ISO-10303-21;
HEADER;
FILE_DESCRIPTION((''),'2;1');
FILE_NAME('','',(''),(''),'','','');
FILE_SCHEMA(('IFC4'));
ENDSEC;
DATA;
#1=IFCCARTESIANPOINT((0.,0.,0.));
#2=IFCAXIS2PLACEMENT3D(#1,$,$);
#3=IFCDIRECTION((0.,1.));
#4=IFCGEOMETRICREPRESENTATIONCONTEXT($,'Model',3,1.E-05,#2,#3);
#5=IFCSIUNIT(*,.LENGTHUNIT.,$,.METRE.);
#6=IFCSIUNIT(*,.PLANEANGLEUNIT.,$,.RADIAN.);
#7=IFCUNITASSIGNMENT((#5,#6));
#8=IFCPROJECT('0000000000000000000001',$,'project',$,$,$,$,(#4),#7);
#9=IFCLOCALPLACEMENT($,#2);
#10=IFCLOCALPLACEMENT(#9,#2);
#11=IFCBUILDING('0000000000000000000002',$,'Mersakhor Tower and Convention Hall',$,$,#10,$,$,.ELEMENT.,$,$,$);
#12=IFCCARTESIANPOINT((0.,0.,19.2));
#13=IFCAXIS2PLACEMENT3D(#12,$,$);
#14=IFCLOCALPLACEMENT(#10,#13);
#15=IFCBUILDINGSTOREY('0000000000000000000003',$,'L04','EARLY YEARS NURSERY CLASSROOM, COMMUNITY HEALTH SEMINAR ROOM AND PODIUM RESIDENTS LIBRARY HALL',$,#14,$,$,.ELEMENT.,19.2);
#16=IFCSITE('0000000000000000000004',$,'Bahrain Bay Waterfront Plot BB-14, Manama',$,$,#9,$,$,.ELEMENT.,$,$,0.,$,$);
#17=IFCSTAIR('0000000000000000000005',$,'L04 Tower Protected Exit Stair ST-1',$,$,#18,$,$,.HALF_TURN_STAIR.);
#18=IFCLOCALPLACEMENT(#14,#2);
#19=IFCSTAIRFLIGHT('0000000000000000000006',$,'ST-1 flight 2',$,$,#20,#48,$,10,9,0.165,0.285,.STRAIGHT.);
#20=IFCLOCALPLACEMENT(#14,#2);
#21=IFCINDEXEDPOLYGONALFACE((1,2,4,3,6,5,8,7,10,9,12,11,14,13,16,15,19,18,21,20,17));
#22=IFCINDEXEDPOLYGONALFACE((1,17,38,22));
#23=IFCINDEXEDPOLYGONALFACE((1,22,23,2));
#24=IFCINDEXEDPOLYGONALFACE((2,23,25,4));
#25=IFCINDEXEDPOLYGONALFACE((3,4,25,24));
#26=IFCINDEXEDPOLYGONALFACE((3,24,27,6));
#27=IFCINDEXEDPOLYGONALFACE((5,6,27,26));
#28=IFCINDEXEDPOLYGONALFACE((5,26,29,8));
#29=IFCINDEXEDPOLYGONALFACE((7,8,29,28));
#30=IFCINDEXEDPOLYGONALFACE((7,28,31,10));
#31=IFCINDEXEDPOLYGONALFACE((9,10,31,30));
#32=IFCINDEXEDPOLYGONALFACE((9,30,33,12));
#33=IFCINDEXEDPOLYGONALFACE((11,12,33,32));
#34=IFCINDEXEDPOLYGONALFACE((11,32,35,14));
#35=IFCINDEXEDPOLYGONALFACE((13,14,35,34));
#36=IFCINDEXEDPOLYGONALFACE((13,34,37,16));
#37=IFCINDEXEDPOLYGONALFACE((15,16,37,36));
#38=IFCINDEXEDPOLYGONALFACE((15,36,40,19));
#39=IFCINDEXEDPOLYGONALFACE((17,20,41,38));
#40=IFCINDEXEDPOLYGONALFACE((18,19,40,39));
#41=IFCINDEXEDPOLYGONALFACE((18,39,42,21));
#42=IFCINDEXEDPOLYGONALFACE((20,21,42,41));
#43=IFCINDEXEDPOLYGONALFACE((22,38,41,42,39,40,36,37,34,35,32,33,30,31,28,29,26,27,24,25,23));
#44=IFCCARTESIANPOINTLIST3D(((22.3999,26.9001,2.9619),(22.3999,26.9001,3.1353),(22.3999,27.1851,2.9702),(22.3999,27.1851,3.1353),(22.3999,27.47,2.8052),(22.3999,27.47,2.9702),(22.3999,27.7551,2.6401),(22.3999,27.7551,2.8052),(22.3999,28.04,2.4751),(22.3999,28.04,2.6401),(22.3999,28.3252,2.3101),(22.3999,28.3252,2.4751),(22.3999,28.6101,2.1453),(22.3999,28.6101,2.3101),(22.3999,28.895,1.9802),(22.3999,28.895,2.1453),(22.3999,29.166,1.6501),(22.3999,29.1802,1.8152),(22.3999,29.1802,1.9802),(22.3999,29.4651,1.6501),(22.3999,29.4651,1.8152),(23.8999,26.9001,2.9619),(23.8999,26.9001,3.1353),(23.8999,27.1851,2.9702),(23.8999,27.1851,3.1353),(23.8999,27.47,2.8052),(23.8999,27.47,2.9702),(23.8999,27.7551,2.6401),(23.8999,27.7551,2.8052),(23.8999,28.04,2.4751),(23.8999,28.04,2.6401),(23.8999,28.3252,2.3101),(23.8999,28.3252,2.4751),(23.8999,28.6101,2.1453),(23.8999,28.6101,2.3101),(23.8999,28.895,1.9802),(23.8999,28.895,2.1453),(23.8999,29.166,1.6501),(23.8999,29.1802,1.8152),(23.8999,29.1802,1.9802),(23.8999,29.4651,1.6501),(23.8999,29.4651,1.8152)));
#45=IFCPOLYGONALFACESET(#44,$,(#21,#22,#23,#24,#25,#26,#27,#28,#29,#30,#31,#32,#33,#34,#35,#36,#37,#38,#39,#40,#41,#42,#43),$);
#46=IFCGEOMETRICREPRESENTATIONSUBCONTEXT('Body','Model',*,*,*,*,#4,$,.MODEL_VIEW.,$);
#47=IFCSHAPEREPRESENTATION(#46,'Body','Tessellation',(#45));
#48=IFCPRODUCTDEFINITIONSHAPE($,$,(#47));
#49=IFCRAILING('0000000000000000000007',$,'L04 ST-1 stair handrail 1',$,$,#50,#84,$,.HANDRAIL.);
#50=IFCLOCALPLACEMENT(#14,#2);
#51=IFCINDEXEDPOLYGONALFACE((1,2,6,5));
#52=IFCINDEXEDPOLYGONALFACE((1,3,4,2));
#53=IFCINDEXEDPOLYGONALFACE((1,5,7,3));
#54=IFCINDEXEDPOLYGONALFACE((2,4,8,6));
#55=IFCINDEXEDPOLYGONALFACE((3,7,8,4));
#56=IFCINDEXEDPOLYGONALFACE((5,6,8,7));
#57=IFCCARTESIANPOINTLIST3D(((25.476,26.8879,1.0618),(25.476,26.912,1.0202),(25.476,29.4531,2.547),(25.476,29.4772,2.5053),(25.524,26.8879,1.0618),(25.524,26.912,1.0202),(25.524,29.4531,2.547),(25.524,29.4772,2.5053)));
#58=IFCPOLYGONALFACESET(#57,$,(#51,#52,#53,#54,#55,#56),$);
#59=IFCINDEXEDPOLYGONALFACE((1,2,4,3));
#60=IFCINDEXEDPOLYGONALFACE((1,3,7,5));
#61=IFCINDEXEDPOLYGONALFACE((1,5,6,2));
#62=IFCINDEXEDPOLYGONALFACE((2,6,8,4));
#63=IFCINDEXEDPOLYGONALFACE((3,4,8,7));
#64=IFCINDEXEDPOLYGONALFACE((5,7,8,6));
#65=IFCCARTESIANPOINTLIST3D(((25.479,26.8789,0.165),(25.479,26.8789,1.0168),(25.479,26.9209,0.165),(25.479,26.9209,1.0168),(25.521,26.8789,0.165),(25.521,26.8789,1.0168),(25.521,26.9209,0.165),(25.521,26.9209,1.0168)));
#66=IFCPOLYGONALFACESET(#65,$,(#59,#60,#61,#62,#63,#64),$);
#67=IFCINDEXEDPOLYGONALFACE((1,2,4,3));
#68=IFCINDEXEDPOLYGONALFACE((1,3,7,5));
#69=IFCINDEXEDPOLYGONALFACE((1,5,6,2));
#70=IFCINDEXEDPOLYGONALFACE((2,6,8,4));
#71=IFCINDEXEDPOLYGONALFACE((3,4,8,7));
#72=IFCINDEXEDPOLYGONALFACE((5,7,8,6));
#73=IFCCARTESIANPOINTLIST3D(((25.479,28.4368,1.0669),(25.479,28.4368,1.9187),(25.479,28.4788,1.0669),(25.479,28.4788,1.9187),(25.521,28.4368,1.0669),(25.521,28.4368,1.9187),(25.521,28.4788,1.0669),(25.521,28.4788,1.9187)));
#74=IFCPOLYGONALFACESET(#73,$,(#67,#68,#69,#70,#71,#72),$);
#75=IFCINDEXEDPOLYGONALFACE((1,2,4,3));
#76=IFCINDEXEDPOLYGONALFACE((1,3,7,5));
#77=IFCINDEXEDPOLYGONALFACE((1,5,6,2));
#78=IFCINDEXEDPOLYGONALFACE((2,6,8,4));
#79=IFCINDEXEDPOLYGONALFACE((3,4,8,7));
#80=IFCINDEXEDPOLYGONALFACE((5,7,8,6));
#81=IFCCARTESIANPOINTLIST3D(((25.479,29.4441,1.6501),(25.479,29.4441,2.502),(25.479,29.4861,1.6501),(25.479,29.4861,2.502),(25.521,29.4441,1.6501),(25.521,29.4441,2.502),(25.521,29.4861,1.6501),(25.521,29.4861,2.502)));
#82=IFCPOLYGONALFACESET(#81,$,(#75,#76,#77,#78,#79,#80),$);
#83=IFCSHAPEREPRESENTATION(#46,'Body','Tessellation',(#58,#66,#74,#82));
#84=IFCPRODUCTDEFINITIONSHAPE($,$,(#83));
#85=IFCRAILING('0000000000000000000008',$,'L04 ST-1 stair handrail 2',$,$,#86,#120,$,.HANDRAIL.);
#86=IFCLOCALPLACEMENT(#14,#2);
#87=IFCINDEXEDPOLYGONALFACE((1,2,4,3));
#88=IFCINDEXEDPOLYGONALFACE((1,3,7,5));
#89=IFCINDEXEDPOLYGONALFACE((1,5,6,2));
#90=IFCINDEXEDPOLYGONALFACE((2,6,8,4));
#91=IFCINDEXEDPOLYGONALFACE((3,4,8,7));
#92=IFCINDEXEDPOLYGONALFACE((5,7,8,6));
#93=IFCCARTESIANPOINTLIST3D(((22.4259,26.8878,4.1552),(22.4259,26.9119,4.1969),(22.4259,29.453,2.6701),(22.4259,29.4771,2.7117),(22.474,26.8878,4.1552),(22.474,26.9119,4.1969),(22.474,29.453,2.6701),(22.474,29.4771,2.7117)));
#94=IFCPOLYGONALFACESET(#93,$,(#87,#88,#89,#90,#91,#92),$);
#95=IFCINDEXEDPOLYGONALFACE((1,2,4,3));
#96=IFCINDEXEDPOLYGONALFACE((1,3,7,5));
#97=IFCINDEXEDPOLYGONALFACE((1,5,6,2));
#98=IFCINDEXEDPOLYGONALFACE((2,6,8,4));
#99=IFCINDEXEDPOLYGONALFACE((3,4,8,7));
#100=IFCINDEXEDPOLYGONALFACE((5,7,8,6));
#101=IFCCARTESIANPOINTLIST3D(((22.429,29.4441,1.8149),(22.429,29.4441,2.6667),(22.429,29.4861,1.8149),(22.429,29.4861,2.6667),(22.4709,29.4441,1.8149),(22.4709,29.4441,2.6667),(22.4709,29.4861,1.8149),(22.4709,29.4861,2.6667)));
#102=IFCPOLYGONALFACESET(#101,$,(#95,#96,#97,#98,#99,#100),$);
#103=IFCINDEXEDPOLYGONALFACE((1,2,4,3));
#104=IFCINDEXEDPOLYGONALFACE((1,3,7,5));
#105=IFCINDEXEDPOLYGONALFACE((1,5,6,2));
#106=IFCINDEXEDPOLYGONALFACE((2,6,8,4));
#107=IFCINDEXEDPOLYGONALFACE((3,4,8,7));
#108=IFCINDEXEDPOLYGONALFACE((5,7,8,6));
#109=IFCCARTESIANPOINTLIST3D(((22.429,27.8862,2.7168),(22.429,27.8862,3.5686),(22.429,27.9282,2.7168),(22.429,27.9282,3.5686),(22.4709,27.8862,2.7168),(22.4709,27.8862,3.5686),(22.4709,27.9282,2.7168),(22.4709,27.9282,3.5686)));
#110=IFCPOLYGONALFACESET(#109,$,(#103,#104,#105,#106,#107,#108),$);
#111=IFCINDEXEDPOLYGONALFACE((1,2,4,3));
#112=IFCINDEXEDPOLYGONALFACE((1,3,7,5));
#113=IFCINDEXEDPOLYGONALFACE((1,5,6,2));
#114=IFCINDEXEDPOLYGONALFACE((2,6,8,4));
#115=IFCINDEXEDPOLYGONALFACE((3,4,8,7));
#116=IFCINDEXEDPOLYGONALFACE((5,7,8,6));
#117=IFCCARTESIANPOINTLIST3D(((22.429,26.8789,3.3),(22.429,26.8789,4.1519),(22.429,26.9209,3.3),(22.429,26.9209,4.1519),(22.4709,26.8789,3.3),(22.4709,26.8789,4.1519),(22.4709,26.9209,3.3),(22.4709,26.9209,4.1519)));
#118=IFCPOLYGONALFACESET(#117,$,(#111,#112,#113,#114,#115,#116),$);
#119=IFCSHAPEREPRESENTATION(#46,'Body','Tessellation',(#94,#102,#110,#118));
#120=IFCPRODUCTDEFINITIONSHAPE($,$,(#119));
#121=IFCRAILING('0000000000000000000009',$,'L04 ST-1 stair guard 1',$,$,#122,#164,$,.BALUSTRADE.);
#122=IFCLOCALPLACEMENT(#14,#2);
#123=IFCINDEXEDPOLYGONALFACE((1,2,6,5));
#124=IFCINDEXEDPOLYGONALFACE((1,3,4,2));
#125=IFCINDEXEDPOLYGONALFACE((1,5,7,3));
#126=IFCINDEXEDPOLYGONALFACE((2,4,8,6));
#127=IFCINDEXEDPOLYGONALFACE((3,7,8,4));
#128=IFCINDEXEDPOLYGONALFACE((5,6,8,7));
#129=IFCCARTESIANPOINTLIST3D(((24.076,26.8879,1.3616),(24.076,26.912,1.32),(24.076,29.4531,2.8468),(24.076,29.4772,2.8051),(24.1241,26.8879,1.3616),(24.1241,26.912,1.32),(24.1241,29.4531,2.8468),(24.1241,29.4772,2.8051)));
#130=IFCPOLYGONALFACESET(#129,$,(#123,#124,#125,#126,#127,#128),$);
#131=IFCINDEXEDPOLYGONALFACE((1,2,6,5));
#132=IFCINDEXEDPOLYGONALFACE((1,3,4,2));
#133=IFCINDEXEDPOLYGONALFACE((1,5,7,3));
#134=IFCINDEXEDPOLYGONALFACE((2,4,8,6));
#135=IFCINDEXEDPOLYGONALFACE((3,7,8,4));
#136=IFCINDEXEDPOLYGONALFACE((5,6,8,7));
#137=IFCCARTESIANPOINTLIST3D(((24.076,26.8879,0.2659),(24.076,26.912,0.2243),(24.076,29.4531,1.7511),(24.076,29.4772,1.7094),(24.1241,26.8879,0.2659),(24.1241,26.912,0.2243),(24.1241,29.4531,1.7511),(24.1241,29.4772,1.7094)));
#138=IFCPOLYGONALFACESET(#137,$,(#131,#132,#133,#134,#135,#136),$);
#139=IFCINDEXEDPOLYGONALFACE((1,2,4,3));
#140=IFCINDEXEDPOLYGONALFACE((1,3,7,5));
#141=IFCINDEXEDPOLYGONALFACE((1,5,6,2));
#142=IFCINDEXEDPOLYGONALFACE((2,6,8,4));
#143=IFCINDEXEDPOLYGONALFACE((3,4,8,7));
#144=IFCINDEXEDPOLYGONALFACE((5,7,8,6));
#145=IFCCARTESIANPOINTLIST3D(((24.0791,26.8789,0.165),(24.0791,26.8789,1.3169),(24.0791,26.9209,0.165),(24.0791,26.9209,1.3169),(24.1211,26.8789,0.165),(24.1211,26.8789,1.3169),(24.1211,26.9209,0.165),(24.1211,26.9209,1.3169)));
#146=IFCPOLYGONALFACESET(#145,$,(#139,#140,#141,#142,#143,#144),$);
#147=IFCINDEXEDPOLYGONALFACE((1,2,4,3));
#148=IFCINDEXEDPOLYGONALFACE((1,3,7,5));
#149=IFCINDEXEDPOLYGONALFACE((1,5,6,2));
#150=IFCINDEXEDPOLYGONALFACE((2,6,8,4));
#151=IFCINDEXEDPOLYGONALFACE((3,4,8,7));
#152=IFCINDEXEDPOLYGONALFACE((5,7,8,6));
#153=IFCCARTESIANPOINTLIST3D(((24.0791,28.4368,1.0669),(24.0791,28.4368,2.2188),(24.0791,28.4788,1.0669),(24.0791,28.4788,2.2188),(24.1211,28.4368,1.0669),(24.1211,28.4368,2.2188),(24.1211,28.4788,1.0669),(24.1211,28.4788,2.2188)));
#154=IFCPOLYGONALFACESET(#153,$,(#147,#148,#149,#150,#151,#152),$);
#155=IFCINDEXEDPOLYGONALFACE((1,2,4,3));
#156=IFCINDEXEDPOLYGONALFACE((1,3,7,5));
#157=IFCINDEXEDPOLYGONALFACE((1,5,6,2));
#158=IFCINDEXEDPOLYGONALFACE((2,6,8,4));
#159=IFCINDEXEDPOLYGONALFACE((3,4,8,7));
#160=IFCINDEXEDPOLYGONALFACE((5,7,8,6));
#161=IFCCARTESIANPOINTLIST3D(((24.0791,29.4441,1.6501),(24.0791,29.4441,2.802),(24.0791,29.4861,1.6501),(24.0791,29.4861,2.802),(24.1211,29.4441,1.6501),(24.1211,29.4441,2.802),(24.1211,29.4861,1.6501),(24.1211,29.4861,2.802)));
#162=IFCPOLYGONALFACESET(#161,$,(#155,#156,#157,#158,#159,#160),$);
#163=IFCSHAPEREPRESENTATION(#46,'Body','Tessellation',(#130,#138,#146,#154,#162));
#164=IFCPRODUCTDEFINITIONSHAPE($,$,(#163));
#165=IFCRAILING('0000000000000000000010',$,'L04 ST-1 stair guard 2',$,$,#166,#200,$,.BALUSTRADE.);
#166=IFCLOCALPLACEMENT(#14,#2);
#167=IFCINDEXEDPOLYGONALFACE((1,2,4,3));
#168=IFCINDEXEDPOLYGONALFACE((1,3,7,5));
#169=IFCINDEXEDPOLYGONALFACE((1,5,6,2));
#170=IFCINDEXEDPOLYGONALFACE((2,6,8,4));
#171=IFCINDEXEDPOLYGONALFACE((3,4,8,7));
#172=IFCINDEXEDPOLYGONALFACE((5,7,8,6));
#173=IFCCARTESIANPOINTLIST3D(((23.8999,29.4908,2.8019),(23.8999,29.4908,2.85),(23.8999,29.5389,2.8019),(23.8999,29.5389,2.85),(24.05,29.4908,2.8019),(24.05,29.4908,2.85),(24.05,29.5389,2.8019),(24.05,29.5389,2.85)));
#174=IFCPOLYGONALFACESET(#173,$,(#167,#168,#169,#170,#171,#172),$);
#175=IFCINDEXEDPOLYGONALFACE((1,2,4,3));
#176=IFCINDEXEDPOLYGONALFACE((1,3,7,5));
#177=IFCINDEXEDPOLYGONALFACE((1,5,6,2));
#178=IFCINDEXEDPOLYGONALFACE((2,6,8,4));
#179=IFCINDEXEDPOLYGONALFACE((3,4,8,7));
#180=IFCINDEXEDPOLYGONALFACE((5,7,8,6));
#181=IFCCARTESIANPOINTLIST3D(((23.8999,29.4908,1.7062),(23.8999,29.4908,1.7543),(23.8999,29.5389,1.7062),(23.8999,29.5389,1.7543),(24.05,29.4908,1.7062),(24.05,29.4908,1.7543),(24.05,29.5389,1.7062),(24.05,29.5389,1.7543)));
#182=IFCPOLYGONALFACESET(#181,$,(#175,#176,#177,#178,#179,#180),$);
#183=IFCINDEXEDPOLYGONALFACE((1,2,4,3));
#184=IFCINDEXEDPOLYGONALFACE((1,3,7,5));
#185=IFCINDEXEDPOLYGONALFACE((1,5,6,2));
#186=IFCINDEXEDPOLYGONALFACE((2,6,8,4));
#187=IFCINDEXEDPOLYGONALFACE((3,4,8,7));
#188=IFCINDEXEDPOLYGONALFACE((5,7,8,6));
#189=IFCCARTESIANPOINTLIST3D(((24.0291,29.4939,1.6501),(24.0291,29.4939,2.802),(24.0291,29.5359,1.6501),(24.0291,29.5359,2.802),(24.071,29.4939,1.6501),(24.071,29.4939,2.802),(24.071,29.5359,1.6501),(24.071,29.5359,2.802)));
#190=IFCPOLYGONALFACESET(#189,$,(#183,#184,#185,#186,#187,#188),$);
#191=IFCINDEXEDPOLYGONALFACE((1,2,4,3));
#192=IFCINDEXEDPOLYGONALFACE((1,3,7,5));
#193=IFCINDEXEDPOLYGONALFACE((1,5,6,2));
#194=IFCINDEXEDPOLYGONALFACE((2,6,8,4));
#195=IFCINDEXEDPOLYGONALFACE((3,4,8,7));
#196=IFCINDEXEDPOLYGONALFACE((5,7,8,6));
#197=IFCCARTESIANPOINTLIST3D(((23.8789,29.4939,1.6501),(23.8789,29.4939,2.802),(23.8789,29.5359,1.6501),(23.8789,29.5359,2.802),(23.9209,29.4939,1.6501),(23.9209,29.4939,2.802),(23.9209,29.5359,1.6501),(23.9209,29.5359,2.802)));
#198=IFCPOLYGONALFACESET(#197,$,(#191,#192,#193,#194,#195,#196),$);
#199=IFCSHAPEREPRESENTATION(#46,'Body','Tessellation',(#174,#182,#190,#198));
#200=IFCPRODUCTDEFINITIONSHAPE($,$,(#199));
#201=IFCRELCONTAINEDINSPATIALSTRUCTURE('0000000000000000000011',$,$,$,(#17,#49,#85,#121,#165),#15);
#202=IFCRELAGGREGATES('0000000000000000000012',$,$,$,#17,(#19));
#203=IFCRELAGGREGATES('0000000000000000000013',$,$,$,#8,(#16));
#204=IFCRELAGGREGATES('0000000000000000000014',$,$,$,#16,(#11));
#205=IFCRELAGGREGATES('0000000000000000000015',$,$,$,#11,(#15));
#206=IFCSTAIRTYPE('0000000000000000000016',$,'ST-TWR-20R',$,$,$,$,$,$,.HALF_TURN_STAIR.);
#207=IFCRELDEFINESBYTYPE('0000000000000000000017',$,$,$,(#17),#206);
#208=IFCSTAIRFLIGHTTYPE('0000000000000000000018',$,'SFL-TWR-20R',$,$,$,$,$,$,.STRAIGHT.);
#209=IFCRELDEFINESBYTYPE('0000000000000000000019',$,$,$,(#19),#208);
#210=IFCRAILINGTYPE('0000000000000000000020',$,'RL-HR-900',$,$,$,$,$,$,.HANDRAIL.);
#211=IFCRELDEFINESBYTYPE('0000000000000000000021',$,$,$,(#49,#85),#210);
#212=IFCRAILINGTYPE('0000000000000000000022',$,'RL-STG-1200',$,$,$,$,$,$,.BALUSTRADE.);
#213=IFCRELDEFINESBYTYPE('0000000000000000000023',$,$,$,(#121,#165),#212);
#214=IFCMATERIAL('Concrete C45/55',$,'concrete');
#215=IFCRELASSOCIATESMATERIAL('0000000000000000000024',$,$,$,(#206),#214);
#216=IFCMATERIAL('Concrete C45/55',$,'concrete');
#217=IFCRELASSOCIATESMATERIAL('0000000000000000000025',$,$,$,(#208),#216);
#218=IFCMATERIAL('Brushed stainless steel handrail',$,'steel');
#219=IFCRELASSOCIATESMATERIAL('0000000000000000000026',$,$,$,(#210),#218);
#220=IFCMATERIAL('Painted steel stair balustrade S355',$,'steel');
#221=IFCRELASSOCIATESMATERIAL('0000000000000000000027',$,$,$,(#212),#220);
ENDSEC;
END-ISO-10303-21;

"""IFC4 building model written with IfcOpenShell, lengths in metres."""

from ifc_helpers import new_model, si_unit, direction, frame, origin, origin_2d, place, context, subcontext, project, spatial, polyline, rectangle, outline, extrude, material, type_object, element, aggregate, save


model = new_model("IFC4")

# Units and contexts
model_context = context("Model", 3, precision=1e-05, world=origin(), true_north=direction((0.0, 1.0)))
body_context = subcontext(model_context, "Body", "Model", "MODEL_VIEW")
ifc_project = project(units=[si_unit("LENGTHUNIT", "METRE"), si_unit("PLANEANGLEUNIT", "RADIAN")], contexts=[model_context])

# Site, building, storey
site_placement = place(None, origin())
site = spatial("IfcSite", under=ifc_project, at=site_placement, Name="Bahrain Bay Waterfront Plot BB-14, Manama", CompositionType="ELEMENT", RefElevation=0.0)
building_placement = place(site_placement, origin())
building = spatial("IfcBuilding", under=site, at=building_placement, Name="Mersakhor Tower and Convention Hall", CompositionType="ELEMENT")
storey_placement = place(building_placement, frame((0.0, 0.0, 19.2)))
storey = spatial("IfcBuildingStorey", under=building, at=storey_placement, Name="L04", Description="EARLY YEARS NURSERY CLASSROOM, COMMUNITY HEALTH SEMINAR ROOM AND PODIUM RESIDENTS LIBRARY HALL", CompositionType="ELEMENT", Elevation=19.2)

# Stair, stair flight
ifc_material_1 = material(Name="Concrete C45/55", Category="concrete")
stair_type = type_object("IfcStairType", Name="ST-TWR-20R", PredefinedType="HALF_TURN_STAIR", material=ifc_material_1)
stair_placement = place(storey_placement, origin())
stair = element("IfcStair", 1, at=stair_placement, inside=storey, type_object=stair_type, Name="L04 Tower Protected Exit Stair ST-1", PredefinedType="HALF_TURN_STAIR")
ifc_material_2 = material(Name="Concrete C45/55", Category="concrete")
stair_flight_type = type_object("IfcStairFlightType", Name="SFL-TWR-20R", PredefinedType="STRAIGHT", material=ifc_material_2)
stair_flight_1_placement = place(storey_placement, frame((23.1499, 29.4651, 1.6501), z_axis=(0.0, 0.0, 1.0), x_axis=(0.0, -1.0, 0.0)))
stair_flight_1 = element("IfcStairFlight", 2, at=stair_flight_1_placement, type_object=stair_flight_type, Name="ST-1 flight 2", NumberOfRisers=10, NumberOfTreads=9, PredefinedType="STRAIGHT", RiserHeight=0.165, TreadLength=0.285, context=body_context, shape_type="SweptSolid", body=[
    extrude(outline(polyline([(0.0, 0.0), (0.0, 0.165), (0.2849, 0.165), (0.2849, 0.3301), (0.5701, 0.3301), (0.5701, 0.4951), (0.855, 0.4951), (0.855, 0.6599), (1.1399, 0.6599), (1.1399, 0.825), (1.425, 0.825), (1.425, 0.99), (1.71, 0.99), (1.71, 1.155), (1.9951, 1.155), (1.9951, 1.3201), (2.28, 1.3201), (2.28, 1.4851), (2.5649, 1.4851), (2.5649, 1.6499), (2.5649, 1.3118), (0.2991, 0.0), (0.0, 0.0)])), frame((0.0, 0.75, 0.0), z_axis=(0.0, -1.0, 0.0), x_axis=(1.0, 0.0, 0.0)), (0.0, 0.0, 1.0), 1.5),
])
aggregate(stair, [stair_flight_1])

# Railings
ifc_material_3 = material(Name="Brushed stainless steel handrail", Category="steel")
railing_type_1 = type_object("IfcRailingType", Name="RL-HR-900", PredefinedType="HANDRAIL", material=ifc_material_3)
railing_1_placement = place(storey_placement, frame((25.5, 26.8999, 0.165)))
element("IfcRailing", 3, at=railing_1_placement, inside=storey, type_object=railing_type_1, Name="L04 ST-1 stair handrail 1", PredefinedType="HANDRAIL", context=body_context, shape_type="SweptSolid", body=[
    extrude(rectangle(XDim=0.0481, YDim=0.0481, at=origin_2d()), frame((0.0, 0.0, 0.876), z_axis=(0.0, 0.865426, 0.501036), x_axis=(-1.0, 0.0, 0.0)), (0.0, 0.0, 1.0), 2.9641),
    extrude(rectangle(XDim=0.042, YDim=0.042, at=origin_2d()), origin(), (0.0, 0.0, 1.0), 0.8518),
    extrude(rectangle(XDim=0.042, YDim=0.042, at=origin_2d()), frame((0.0, 1.5579, 0.9019)), (0.0, 0.0, 1.0), 0.8518),
    extrude(rectangle(XDim=0.042, YDim=0.042, at=origin_2d()), frame((0.0, 2.5652, 1.4851)), (0.0, 0.0, 1.0), 0.8518),
])
railing_2_placement = place(storey_placement, frame((22.45, 29.4651, 1.8149)))
element("IfcRailing", 4, at=railing_2_placement, inside=storey, type_object=railing_type_1, Name="L04 ST-1 stair handrail 2", PredefinedType="HANDRAIL", context=body_context, shape_type="SweptSolid", body=[
    extrude(rectangle(XDim=0.0481, YDim=0.0481, at=origin_2d()), frame((0.0, 0.0, 0.876), z_axis=(0.0, -0.865426, 0.501036), x_axis=(1.0, 0.0, 0.0)), (0.0, 0.0, 1.0), 2.9641),
    extrude(rectangle(XDim=0.042, YDim=0.042, at=origin_2d()), origin(), (0.0, 0.0, 1.0), 0.8518),
    extrude(rectangle(XDim=0.042, YDim=0.042, at=origin_2d()), frame((0.0, -1.5579, 0.9019)), (0.0, 0.0, 1.0), 0.8518),
    extrude(rectangle(XDim=0.042, YDim=0.042, at=origin_2d()), frame((0.0, -2.5652, 1.4851)), (0.0, 0.0, 1.0), 0.8518),
])
ifc_material_4 = material(Name="Painted steel stair balustrade S355", Category="steel")
railing_type_2 = type_object("IfcRailingType", Name="RL-STG-1200", PredefinedType="BALUSTRADE", material=ifc_material_4)
railing_3_placement = place(storey_placement, frame((24.1001, 26.8999, 0.165)))
element("IfcRailing", 5, at=railing_3_placement, inside=storey, type_object=railing_type_2, Name="L04 ST-1 stair guard 1", PredefinedType="BALUSTRADE", context=body_context, shape_type="SweptSolid", body=[
    extrude(rectangle(XDim=0.0481, YDim=0.0481, at=origin_2d()), frame((0.0, 0.0, 1.1758), z_axis=(0.0, 0.865426, 0.501036), x_axis=(-1.0, 0.0, 0.0)), (0.0, 0.0, 1.0), 2.9641),
    extrude(rectangle(XDim=0.0481, YDim=0.0481, at=origin_2d()), frame((0.0, 0.0, 0.0801), z_axis=(0.0, 0.865426, 0.501036), x_axis=(-1.0, 0.0, 0.0)), (0.0, 0.0, 1.0), 2.9641),
    extrude(rectangle(XDim=0.042, YDim=0.042, at=origin_2d()), origin(), (0.0, 0.0, 1.0), 1.1519),
    extrude(rectangle(XDim=0.042, YDim=0.042, at=origin_2d()), frame((0.0, 1.5579, 0.9019)), (0.0, 0.0, 1.0), 1.1519),
    extrude(rectangle(XDim=0.042, YDim=0.042, at=origin_2d()), frame((0.0, 2.5652, 1.4851)), (0.0, 0.0, 1.0), 1.1519),
])
railing_4_placement = place(storey_placement, frame((24.05, 29.5149, 1.6501)))
element("IfcRailing", 6, at=railing_4_placement, inside=storey, type_object=railing_type_2, Name="L04 ST-1 stair guard 2", PredefinedType="BALUSTRADE", context=body_context, shape_type="SweptSolid", body=[
    extrude(rectangle(XDim=0.0481, YDim=0.0481, at=origin_2d()), frame((0.0, 0.0, 1.1758), z_axis=(-1.0, 0.0, 0.0), x_axis=(0.0, -1.0, 0.0)), (0.0, 0.0, 1.0), 0.1501),
    extrude(rectangle(XDim=0.0481, YDim=0.0481, at=origin_2d()), frame((0.0, 0.0, 0.0801), z_axis=(-1.0, 0.0, 0.0), x_axis=(0.0, -1.0, 0.0)), (0.0, 0.0, 1.0), 0.1501),
    extrude(rectangle(XDim=0.042, YDim=0.042, at=origin_2d()), origin(), (0.0, 0.0, 1.0), 1.1519),
    extrude(rectangle(XDim=0.042, YDim=0.042, at=origin_2d()), frame((-0.1501, 0.0, 0.0)), (0.0, 0.0, 1.0), 1.1519),
])

save(model, "model.ifc")
